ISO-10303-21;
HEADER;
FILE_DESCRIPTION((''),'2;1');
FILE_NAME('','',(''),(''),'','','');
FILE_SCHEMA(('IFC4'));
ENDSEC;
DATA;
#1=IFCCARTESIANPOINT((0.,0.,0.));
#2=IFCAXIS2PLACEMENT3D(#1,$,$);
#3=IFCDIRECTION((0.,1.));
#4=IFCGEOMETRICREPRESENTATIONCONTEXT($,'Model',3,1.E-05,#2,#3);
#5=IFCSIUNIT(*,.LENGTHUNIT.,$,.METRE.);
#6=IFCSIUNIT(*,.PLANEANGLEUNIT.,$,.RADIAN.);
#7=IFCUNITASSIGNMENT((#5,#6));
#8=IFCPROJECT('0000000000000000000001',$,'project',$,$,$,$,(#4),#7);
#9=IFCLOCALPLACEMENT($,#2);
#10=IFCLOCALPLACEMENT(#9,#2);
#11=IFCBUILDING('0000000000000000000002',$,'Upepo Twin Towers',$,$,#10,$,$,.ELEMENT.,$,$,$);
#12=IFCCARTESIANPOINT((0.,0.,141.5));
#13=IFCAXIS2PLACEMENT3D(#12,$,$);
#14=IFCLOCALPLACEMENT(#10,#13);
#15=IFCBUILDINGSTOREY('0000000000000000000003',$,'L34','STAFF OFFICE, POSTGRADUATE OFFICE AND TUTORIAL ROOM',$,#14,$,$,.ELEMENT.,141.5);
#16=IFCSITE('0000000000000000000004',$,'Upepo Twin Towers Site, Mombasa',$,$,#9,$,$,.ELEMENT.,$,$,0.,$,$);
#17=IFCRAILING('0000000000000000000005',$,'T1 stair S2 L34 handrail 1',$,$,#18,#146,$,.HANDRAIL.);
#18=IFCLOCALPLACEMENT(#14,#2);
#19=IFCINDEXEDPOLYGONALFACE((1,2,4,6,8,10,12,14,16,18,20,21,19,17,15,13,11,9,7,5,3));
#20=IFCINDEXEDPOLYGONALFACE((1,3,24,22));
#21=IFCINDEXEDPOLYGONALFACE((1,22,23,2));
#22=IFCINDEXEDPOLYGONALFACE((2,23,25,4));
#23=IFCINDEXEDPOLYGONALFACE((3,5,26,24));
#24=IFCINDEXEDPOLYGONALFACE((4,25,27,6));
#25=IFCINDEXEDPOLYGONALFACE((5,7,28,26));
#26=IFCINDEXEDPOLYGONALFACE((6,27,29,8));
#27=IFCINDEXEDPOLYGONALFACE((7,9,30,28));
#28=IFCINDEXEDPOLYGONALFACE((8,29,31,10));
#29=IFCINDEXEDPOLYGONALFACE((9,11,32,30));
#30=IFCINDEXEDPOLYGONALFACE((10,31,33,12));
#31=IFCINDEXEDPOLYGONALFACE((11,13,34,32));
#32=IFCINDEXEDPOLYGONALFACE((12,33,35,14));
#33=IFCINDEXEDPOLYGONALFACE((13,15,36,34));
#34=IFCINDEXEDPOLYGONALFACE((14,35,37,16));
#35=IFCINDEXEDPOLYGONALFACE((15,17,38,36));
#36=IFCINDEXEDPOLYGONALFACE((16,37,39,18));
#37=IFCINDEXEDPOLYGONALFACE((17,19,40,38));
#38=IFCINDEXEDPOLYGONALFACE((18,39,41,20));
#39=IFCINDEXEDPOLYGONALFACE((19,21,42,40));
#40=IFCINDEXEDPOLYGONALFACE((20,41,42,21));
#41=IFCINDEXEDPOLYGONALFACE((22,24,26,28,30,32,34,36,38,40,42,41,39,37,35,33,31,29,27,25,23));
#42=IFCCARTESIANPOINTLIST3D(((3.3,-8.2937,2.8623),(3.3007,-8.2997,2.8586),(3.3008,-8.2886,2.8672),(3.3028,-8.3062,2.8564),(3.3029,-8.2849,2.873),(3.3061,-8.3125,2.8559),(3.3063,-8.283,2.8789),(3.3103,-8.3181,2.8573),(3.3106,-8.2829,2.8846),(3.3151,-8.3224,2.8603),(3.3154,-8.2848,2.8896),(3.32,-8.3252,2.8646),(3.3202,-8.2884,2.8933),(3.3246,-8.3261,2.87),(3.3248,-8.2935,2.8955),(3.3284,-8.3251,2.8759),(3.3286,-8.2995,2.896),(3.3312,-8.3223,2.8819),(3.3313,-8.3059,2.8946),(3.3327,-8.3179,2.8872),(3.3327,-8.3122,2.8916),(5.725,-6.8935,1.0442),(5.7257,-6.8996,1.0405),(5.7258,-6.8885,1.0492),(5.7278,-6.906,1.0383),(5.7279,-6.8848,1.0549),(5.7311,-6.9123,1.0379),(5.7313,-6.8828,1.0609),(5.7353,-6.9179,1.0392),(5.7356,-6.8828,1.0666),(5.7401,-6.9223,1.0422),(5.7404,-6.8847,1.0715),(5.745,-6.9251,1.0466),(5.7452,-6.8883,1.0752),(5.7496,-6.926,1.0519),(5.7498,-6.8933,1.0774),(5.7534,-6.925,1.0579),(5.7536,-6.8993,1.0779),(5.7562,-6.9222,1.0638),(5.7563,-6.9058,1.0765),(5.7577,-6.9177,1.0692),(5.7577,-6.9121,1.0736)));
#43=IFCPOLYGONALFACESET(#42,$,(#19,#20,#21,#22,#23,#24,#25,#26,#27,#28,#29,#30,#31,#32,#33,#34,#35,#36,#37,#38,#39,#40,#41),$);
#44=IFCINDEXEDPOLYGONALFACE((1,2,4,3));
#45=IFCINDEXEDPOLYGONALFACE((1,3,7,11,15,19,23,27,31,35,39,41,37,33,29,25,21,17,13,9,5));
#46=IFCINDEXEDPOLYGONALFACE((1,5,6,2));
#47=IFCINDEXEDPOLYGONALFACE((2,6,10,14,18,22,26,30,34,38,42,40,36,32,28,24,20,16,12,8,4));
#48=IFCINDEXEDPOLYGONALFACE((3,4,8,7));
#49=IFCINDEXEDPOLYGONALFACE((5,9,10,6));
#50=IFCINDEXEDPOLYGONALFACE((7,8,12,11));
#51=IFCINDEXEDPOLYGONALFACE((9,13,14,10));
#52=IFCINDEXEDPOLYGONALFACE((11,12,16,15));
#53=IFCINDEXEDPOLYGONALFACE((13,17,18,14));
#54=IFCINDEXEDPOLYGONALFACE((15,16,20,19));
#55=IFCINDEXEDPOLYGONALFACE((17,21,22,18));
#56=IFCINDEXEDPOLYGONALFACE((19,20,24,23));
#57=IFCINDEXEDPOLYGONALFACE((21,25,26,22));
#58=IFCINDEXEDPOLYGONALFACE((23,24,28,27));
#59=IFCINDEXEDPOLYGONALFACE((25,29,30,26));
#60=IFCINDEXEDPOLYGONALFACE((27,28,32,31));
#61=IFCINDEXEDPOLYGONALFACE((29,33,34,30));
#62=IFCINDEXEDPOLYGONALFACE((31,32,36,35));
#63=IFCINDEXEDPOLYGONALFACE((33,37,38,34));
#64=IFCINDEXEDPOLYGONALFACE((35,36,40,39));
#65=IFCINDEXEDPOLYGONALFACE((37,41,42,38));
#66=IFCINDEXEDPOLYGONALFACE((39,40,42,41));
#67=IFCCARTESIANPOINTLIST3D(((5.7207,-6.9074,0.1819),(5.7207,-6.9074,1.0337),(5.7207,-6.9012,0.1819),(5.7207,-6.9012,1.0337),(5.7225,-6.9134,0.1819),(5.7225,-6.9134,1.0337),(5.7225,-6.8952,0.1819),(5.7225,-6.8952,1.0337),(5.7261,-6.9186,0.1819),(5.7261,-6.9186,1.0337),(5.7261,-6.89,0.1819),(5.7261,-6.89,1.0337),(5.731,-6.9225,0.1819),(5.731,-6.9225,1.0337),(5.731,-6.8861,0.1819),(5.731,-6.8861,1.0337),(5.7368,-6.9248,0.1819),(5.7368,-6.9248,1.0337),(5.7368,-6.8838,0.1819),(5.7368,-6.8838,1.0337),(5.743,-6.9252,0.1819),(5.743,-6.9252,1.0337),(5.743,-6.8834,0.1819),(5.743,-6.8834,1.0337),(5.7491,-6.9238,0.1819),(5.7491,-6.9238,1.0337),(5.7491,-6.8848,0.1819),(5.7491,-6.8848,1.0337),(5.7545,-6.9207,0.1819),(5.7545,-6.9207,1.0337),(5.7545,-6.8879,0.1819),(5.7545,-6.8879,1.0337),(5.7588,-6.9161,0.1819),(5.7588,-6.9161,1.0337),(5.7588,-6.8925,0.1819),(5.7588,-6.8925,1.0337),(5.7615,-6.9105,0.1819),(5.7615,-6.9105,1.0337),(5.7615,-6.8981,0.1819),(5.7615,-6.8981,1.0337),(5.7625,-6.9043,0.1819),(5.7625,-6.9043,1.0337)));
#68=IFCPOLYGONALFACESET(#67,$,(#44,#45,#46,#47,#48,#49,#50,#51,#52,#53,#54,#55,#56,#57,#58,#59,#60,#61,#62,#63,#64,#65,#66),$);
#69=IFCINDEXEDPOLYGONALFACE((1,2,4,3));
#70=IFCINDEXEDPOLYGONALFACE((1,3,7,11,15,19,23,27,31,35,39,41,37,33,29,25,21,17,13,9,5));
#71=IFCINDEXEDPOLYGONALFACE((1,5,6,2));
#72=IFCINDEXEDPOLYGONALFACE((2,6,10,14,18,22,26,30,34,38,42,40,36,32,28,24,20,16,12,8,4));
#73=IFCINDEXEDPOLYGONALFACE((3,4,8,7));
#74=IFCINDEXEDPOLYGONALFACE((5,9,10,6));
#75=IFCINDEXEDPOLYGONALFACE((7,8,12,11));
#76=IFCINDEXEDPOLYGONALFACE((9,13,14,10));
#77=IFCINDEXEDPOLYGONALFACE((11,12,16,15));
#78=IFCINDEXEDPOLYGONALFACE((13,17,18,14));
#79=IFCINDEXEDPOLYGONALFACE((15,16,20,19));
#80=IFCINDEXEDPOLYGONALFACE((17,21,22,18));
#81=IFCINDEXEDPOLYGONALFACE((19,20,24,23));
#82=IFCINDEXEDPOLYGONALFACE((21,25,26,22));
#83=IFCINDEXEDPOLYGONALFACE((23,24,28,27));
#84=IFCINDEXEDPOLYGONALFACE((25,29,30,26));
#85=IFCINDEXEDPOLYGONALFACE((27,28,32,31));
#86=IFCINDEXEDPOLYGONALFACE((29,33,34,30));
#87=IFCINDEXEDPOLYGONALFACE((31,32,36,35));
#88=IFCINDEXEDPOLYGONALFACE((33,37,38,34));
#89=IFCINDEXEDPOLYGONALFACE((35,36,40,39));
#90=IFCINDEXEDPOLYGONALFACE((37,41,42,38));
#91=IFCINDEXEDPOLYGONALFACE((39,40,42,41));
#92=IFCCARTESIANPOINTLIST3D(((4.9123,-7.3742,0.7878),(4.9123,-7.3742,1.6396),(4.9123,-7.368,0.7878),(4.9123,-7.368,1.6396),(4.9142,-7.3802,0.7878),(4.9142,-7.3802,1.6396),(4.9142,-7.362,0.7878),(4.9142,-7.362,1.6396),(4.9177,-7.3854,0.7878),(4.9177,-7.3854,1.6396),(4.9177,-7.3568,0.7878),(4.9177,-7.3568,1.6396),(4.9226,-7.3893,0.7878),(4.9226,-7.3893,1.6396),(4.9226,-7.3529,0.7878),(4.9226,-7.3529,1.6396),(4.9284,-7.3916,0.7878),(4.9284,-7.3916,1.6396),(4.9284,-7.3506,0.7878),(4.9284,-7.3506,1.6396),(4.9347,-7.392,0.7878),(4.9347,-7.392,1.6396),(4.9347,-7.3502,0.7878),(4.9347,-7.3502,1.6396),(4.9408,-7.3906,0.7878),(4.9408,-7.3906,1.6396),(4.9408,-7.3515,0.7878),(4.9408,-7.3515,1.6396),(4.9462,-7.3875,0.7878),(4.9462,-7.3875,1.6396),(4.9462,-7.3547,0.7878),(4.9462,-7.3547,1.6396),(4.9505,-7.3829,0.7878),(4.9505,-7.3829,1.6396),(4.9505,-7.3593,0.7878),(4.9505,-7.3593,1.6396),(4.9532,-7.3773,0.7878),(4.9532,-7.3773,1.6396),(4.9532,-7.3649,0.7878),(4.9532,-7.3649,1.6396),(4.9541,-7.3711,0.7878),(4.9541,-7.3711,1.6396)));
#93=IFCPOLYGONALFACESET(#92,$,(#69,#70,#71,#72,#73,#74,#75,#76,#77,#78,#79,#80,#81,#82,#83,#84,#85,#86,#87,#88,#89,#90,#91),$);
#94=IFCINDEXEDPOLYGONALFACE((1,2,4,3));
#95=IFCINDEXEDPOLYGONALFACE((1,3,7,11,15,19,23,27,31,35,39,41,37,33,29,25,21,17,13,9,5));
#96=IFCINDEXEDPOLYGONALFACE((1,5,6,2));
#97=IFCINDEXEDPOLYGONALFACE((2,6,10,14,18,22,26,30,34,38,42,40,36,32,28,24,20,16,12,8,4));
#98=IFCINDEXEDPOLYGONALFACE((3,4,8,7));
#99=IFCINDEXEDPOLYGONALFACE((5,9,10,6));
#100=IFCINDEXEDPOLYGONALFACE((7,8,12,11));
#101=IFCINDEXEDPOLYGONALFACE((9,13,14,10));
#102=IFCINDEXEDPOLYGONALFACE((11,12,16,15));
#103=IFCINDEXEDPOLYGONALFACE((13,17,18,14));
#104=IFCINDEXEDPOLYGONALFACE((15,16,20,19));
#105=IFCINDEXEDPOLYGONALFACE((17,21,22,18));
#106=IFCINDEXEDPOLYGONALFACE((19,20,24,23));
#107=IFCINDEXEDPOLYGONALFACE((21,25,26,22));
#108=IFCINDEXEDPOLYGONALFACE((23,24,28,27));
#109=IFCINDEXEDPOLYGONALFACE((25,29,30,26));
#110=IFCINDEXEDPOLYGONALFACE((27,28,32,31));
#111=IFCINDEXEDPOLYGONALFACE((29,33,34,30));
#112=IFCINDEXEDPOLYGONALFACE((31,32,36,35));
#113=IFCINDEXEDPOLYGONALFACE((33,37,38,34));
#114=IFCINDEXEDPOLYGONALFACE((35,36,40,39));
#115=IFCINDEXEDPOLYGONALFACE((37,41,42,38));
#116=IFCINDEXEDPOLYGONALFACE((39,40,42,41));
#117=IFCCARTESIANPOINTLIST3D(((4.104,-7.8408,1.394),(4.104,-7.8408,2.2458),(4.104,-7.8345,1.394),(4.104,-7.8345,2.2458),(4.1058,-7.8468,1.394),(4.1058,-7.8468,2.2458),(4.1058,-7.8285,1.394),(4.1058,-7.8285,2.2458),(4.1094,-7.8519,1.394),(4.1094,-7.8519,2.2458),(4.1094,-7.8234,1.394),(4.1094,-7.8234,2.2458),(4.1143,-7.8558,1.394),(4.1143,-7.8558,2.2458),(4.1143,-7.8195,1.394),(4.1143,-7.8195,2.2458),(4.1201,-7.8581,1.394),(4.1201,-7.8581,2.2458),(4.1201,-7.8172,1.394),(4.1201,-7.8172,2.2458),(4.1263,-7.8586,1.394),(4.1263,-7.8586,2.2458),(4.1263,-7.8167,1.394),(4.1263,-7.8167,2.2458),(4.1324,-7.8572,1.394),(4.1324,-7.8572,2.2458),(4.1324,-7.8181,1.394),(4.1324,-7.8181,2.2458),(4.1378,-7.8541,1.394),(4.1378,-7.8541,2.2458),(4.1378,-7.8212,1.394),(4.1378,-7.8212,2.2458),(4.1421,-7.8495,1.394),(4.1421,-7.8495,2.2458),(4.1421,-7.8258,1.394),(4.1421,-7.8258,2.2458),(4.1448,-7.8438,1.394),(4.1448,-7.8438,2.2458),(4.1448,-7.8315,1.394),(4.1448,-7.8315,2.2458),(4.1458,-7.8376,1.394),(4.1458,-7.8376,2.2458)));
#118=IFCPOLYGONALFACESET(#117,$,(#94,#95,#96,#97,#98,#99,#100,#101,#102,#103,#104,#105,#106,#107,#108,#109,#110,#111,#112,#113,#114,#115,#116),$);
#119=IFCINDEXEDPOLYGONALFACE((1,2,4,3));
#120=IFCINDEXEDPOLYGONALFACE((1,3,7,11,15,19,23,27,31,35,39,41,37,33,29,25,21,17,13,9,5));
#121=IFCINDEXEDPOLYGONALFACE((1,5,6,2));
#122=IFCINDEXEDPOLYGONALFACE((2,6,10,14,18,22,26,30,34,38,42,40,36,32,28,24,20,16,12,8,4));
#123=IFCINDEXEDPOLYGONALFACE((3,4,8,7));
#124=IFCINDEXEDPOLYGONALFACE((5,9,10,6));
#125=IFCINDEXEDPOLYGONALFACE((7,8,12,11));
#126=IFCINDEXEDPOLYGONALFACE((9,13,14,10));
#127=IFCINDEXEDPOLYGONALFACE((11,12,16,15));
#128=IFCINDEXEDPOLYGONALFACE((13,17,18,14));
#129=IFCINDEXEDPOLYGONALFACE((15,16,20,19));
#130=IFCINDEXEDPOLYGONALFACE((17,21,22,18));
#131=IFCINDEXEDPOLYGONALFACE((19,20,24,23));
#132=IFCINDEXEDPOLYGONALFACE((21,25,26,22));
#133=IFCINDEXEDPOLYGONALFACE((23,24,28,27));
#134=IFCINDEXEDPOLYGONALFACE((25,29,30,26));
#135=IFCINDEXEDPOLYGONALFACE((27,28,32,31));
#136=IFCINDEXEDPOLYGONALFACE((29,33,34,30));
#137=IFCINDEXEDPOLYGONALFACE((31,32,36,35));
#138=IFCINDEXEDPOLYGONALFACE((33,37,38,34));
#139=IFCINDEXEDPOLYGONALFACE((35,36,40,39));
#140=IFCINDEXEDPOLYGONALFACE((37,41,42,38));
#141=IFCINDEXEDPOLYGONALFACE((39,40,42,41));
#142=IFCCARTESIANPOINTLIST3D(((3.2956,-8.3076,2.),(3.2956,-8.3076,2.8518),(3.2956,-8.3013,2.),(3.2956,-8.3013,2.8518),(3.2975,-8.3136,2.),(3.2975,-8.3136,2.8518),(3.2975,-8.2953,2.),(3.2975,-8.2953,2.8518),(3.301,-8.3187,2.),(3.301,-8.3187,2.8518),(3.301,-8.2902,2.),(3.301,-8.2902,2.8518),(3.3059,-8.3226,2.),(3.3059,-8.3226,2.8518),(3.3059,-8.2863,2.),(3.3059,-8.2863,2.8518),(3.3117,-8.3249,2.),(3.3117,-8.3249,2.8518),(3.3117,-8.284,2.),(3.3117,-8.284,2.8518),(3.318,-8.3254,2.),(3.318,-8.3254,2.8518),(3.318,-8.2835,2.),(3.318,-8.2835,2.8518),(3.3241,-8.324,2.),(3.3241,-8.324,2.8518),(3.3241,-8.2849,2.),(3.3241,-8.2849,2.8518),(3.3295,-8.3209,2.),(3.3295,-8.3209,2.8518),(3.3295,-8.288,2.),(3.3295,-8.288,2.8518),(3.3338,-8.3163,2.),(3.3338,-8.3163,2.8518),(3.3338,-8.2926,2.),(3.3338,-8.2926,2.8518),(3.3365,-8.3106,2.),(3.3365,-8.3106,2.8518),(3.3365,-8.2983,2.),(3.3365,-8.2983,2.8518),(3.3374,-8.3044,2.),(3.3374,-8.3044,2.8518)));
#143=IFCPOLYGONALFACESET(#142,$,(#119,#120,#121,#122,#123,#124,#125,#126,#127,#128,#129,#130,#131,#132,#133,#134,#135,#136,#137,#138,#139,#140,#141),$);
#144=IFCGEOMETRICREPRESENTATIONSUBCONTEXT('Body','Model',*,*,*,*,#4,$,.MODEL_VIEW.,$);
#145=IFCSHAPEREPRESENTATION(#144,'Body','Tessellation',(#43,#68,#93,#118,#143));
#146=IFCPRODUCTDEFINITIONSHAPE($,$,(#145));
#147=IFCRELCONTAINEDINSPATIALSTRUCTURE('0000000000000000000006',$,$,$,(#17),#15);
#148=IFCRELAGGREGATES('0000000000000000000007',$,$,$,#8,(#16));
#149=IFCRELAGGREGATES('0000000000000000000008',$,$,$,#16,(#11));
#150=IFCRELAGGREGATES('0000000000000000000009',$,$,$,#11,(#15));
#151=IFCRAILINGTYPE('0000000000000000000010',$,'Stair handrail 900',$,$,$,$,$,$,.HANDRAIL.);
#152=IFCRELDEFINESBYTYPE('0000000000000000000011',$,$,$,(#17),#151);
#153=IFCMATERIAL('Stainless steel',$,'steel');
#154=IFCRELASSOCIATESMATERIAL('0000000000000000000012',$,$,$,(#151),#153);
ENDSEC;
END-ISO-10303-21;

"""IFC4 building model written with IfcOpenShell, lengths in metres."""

from ifc_helpers import new_model, si_unit, direction, frame, origin, origin_2d, place, context, subcontext, project, spatial, circle, extrude, material, type_object, element, save


model = new_model("IFC4")

# Units and contexts
model_context = context("Model", 3, precision=1e-05, world=origin(), true_north=direction((0.0, 1.0)))
body_context = subcontext(model_context, "Body", "Model", "MODEL_VIEW")
ifc_project = project(units=[si_unit("LENGTHUNIT", "METRE"), si_unit("PLANEANGLEUNIT", "RADIAN")], contexts=[model_context])

# Site, building, storey
site_placement = place(None, origin())
site = spatial("IfcSite", under=ifc_project, at=site_placement, Name="Upepo Twin Towers Site, Mombasa", CompositionType="ELEMENT", RefElevation=0.0)
building_placement = place(site_placement, origin())
building = spatial("IfcBuilding", under=site, at=building_placement, Name="Upepo Twin Towers", CompositionType="ELEMENT")
storey_placement = place(building_placement, frame((0.0, 0.0, 141.5)))
storey = spatial("IfcBuildingStorey", under=building, at=storey_placement, Name="L34", Description="STAFF OFFICE, POSTGRADUATE OFFICE AND TUTORIAL ROOM", CompositionType="ELEMENT", Elevation=141.5)

# Railing
ifc_material_1 = material(Name="Stainless steel", Category="steel")
railing_type = type_object("IfcRailingType", Name="Stair handrail 900", PredefinedType="HANDRAIL", material=ifc_material_1)
railing_1_placement = place(storey_placement, frame((5.7415, -6.9043, 0.1819)))
element("IfcRailing", 1, at=railing_1_placement, inside=storey, type_object=railing_type, Name="T1 stair S2 L34 handrail 1", PredefinedType="HANDRAIL", context=body_context, shape_type="SweptSolid", body=[
    extrude(circle(Radius=0.0239, at=origin_2d()), frame((0.0, 0.0, 0.876), z_axis=(-0.726349, -0.419371, 0.54456), x_axis=(0.500012, -0.866019, 0.0)), (0.0, 0.0, 1.0), 3.3386),
    extrude(circle(Radius=0.021, at=origin_2d()), origin(), (0.0, 0.0, 1.0), 0.8518),
    extrude(circle(Radius=0.021, at=origin_2d()), frame((-0.8083, -0.4668, 0.606)), (0.0, 0.0, 1.0), 0.8518),
    extrude(circle(Radius=0.021, at=origin_2d()), frame((-1.6167, -0.9333, 1.2122)), (0.0, 0.0, 1.0), 0.8518),
    extrude(circle(Radius=0.021, at=origin_2d()), frame((-2.425, -1.4001, 1.8181)), (0.0, 0.0, 1.0), 0.8518),
])

save(model, "model.ifc")
